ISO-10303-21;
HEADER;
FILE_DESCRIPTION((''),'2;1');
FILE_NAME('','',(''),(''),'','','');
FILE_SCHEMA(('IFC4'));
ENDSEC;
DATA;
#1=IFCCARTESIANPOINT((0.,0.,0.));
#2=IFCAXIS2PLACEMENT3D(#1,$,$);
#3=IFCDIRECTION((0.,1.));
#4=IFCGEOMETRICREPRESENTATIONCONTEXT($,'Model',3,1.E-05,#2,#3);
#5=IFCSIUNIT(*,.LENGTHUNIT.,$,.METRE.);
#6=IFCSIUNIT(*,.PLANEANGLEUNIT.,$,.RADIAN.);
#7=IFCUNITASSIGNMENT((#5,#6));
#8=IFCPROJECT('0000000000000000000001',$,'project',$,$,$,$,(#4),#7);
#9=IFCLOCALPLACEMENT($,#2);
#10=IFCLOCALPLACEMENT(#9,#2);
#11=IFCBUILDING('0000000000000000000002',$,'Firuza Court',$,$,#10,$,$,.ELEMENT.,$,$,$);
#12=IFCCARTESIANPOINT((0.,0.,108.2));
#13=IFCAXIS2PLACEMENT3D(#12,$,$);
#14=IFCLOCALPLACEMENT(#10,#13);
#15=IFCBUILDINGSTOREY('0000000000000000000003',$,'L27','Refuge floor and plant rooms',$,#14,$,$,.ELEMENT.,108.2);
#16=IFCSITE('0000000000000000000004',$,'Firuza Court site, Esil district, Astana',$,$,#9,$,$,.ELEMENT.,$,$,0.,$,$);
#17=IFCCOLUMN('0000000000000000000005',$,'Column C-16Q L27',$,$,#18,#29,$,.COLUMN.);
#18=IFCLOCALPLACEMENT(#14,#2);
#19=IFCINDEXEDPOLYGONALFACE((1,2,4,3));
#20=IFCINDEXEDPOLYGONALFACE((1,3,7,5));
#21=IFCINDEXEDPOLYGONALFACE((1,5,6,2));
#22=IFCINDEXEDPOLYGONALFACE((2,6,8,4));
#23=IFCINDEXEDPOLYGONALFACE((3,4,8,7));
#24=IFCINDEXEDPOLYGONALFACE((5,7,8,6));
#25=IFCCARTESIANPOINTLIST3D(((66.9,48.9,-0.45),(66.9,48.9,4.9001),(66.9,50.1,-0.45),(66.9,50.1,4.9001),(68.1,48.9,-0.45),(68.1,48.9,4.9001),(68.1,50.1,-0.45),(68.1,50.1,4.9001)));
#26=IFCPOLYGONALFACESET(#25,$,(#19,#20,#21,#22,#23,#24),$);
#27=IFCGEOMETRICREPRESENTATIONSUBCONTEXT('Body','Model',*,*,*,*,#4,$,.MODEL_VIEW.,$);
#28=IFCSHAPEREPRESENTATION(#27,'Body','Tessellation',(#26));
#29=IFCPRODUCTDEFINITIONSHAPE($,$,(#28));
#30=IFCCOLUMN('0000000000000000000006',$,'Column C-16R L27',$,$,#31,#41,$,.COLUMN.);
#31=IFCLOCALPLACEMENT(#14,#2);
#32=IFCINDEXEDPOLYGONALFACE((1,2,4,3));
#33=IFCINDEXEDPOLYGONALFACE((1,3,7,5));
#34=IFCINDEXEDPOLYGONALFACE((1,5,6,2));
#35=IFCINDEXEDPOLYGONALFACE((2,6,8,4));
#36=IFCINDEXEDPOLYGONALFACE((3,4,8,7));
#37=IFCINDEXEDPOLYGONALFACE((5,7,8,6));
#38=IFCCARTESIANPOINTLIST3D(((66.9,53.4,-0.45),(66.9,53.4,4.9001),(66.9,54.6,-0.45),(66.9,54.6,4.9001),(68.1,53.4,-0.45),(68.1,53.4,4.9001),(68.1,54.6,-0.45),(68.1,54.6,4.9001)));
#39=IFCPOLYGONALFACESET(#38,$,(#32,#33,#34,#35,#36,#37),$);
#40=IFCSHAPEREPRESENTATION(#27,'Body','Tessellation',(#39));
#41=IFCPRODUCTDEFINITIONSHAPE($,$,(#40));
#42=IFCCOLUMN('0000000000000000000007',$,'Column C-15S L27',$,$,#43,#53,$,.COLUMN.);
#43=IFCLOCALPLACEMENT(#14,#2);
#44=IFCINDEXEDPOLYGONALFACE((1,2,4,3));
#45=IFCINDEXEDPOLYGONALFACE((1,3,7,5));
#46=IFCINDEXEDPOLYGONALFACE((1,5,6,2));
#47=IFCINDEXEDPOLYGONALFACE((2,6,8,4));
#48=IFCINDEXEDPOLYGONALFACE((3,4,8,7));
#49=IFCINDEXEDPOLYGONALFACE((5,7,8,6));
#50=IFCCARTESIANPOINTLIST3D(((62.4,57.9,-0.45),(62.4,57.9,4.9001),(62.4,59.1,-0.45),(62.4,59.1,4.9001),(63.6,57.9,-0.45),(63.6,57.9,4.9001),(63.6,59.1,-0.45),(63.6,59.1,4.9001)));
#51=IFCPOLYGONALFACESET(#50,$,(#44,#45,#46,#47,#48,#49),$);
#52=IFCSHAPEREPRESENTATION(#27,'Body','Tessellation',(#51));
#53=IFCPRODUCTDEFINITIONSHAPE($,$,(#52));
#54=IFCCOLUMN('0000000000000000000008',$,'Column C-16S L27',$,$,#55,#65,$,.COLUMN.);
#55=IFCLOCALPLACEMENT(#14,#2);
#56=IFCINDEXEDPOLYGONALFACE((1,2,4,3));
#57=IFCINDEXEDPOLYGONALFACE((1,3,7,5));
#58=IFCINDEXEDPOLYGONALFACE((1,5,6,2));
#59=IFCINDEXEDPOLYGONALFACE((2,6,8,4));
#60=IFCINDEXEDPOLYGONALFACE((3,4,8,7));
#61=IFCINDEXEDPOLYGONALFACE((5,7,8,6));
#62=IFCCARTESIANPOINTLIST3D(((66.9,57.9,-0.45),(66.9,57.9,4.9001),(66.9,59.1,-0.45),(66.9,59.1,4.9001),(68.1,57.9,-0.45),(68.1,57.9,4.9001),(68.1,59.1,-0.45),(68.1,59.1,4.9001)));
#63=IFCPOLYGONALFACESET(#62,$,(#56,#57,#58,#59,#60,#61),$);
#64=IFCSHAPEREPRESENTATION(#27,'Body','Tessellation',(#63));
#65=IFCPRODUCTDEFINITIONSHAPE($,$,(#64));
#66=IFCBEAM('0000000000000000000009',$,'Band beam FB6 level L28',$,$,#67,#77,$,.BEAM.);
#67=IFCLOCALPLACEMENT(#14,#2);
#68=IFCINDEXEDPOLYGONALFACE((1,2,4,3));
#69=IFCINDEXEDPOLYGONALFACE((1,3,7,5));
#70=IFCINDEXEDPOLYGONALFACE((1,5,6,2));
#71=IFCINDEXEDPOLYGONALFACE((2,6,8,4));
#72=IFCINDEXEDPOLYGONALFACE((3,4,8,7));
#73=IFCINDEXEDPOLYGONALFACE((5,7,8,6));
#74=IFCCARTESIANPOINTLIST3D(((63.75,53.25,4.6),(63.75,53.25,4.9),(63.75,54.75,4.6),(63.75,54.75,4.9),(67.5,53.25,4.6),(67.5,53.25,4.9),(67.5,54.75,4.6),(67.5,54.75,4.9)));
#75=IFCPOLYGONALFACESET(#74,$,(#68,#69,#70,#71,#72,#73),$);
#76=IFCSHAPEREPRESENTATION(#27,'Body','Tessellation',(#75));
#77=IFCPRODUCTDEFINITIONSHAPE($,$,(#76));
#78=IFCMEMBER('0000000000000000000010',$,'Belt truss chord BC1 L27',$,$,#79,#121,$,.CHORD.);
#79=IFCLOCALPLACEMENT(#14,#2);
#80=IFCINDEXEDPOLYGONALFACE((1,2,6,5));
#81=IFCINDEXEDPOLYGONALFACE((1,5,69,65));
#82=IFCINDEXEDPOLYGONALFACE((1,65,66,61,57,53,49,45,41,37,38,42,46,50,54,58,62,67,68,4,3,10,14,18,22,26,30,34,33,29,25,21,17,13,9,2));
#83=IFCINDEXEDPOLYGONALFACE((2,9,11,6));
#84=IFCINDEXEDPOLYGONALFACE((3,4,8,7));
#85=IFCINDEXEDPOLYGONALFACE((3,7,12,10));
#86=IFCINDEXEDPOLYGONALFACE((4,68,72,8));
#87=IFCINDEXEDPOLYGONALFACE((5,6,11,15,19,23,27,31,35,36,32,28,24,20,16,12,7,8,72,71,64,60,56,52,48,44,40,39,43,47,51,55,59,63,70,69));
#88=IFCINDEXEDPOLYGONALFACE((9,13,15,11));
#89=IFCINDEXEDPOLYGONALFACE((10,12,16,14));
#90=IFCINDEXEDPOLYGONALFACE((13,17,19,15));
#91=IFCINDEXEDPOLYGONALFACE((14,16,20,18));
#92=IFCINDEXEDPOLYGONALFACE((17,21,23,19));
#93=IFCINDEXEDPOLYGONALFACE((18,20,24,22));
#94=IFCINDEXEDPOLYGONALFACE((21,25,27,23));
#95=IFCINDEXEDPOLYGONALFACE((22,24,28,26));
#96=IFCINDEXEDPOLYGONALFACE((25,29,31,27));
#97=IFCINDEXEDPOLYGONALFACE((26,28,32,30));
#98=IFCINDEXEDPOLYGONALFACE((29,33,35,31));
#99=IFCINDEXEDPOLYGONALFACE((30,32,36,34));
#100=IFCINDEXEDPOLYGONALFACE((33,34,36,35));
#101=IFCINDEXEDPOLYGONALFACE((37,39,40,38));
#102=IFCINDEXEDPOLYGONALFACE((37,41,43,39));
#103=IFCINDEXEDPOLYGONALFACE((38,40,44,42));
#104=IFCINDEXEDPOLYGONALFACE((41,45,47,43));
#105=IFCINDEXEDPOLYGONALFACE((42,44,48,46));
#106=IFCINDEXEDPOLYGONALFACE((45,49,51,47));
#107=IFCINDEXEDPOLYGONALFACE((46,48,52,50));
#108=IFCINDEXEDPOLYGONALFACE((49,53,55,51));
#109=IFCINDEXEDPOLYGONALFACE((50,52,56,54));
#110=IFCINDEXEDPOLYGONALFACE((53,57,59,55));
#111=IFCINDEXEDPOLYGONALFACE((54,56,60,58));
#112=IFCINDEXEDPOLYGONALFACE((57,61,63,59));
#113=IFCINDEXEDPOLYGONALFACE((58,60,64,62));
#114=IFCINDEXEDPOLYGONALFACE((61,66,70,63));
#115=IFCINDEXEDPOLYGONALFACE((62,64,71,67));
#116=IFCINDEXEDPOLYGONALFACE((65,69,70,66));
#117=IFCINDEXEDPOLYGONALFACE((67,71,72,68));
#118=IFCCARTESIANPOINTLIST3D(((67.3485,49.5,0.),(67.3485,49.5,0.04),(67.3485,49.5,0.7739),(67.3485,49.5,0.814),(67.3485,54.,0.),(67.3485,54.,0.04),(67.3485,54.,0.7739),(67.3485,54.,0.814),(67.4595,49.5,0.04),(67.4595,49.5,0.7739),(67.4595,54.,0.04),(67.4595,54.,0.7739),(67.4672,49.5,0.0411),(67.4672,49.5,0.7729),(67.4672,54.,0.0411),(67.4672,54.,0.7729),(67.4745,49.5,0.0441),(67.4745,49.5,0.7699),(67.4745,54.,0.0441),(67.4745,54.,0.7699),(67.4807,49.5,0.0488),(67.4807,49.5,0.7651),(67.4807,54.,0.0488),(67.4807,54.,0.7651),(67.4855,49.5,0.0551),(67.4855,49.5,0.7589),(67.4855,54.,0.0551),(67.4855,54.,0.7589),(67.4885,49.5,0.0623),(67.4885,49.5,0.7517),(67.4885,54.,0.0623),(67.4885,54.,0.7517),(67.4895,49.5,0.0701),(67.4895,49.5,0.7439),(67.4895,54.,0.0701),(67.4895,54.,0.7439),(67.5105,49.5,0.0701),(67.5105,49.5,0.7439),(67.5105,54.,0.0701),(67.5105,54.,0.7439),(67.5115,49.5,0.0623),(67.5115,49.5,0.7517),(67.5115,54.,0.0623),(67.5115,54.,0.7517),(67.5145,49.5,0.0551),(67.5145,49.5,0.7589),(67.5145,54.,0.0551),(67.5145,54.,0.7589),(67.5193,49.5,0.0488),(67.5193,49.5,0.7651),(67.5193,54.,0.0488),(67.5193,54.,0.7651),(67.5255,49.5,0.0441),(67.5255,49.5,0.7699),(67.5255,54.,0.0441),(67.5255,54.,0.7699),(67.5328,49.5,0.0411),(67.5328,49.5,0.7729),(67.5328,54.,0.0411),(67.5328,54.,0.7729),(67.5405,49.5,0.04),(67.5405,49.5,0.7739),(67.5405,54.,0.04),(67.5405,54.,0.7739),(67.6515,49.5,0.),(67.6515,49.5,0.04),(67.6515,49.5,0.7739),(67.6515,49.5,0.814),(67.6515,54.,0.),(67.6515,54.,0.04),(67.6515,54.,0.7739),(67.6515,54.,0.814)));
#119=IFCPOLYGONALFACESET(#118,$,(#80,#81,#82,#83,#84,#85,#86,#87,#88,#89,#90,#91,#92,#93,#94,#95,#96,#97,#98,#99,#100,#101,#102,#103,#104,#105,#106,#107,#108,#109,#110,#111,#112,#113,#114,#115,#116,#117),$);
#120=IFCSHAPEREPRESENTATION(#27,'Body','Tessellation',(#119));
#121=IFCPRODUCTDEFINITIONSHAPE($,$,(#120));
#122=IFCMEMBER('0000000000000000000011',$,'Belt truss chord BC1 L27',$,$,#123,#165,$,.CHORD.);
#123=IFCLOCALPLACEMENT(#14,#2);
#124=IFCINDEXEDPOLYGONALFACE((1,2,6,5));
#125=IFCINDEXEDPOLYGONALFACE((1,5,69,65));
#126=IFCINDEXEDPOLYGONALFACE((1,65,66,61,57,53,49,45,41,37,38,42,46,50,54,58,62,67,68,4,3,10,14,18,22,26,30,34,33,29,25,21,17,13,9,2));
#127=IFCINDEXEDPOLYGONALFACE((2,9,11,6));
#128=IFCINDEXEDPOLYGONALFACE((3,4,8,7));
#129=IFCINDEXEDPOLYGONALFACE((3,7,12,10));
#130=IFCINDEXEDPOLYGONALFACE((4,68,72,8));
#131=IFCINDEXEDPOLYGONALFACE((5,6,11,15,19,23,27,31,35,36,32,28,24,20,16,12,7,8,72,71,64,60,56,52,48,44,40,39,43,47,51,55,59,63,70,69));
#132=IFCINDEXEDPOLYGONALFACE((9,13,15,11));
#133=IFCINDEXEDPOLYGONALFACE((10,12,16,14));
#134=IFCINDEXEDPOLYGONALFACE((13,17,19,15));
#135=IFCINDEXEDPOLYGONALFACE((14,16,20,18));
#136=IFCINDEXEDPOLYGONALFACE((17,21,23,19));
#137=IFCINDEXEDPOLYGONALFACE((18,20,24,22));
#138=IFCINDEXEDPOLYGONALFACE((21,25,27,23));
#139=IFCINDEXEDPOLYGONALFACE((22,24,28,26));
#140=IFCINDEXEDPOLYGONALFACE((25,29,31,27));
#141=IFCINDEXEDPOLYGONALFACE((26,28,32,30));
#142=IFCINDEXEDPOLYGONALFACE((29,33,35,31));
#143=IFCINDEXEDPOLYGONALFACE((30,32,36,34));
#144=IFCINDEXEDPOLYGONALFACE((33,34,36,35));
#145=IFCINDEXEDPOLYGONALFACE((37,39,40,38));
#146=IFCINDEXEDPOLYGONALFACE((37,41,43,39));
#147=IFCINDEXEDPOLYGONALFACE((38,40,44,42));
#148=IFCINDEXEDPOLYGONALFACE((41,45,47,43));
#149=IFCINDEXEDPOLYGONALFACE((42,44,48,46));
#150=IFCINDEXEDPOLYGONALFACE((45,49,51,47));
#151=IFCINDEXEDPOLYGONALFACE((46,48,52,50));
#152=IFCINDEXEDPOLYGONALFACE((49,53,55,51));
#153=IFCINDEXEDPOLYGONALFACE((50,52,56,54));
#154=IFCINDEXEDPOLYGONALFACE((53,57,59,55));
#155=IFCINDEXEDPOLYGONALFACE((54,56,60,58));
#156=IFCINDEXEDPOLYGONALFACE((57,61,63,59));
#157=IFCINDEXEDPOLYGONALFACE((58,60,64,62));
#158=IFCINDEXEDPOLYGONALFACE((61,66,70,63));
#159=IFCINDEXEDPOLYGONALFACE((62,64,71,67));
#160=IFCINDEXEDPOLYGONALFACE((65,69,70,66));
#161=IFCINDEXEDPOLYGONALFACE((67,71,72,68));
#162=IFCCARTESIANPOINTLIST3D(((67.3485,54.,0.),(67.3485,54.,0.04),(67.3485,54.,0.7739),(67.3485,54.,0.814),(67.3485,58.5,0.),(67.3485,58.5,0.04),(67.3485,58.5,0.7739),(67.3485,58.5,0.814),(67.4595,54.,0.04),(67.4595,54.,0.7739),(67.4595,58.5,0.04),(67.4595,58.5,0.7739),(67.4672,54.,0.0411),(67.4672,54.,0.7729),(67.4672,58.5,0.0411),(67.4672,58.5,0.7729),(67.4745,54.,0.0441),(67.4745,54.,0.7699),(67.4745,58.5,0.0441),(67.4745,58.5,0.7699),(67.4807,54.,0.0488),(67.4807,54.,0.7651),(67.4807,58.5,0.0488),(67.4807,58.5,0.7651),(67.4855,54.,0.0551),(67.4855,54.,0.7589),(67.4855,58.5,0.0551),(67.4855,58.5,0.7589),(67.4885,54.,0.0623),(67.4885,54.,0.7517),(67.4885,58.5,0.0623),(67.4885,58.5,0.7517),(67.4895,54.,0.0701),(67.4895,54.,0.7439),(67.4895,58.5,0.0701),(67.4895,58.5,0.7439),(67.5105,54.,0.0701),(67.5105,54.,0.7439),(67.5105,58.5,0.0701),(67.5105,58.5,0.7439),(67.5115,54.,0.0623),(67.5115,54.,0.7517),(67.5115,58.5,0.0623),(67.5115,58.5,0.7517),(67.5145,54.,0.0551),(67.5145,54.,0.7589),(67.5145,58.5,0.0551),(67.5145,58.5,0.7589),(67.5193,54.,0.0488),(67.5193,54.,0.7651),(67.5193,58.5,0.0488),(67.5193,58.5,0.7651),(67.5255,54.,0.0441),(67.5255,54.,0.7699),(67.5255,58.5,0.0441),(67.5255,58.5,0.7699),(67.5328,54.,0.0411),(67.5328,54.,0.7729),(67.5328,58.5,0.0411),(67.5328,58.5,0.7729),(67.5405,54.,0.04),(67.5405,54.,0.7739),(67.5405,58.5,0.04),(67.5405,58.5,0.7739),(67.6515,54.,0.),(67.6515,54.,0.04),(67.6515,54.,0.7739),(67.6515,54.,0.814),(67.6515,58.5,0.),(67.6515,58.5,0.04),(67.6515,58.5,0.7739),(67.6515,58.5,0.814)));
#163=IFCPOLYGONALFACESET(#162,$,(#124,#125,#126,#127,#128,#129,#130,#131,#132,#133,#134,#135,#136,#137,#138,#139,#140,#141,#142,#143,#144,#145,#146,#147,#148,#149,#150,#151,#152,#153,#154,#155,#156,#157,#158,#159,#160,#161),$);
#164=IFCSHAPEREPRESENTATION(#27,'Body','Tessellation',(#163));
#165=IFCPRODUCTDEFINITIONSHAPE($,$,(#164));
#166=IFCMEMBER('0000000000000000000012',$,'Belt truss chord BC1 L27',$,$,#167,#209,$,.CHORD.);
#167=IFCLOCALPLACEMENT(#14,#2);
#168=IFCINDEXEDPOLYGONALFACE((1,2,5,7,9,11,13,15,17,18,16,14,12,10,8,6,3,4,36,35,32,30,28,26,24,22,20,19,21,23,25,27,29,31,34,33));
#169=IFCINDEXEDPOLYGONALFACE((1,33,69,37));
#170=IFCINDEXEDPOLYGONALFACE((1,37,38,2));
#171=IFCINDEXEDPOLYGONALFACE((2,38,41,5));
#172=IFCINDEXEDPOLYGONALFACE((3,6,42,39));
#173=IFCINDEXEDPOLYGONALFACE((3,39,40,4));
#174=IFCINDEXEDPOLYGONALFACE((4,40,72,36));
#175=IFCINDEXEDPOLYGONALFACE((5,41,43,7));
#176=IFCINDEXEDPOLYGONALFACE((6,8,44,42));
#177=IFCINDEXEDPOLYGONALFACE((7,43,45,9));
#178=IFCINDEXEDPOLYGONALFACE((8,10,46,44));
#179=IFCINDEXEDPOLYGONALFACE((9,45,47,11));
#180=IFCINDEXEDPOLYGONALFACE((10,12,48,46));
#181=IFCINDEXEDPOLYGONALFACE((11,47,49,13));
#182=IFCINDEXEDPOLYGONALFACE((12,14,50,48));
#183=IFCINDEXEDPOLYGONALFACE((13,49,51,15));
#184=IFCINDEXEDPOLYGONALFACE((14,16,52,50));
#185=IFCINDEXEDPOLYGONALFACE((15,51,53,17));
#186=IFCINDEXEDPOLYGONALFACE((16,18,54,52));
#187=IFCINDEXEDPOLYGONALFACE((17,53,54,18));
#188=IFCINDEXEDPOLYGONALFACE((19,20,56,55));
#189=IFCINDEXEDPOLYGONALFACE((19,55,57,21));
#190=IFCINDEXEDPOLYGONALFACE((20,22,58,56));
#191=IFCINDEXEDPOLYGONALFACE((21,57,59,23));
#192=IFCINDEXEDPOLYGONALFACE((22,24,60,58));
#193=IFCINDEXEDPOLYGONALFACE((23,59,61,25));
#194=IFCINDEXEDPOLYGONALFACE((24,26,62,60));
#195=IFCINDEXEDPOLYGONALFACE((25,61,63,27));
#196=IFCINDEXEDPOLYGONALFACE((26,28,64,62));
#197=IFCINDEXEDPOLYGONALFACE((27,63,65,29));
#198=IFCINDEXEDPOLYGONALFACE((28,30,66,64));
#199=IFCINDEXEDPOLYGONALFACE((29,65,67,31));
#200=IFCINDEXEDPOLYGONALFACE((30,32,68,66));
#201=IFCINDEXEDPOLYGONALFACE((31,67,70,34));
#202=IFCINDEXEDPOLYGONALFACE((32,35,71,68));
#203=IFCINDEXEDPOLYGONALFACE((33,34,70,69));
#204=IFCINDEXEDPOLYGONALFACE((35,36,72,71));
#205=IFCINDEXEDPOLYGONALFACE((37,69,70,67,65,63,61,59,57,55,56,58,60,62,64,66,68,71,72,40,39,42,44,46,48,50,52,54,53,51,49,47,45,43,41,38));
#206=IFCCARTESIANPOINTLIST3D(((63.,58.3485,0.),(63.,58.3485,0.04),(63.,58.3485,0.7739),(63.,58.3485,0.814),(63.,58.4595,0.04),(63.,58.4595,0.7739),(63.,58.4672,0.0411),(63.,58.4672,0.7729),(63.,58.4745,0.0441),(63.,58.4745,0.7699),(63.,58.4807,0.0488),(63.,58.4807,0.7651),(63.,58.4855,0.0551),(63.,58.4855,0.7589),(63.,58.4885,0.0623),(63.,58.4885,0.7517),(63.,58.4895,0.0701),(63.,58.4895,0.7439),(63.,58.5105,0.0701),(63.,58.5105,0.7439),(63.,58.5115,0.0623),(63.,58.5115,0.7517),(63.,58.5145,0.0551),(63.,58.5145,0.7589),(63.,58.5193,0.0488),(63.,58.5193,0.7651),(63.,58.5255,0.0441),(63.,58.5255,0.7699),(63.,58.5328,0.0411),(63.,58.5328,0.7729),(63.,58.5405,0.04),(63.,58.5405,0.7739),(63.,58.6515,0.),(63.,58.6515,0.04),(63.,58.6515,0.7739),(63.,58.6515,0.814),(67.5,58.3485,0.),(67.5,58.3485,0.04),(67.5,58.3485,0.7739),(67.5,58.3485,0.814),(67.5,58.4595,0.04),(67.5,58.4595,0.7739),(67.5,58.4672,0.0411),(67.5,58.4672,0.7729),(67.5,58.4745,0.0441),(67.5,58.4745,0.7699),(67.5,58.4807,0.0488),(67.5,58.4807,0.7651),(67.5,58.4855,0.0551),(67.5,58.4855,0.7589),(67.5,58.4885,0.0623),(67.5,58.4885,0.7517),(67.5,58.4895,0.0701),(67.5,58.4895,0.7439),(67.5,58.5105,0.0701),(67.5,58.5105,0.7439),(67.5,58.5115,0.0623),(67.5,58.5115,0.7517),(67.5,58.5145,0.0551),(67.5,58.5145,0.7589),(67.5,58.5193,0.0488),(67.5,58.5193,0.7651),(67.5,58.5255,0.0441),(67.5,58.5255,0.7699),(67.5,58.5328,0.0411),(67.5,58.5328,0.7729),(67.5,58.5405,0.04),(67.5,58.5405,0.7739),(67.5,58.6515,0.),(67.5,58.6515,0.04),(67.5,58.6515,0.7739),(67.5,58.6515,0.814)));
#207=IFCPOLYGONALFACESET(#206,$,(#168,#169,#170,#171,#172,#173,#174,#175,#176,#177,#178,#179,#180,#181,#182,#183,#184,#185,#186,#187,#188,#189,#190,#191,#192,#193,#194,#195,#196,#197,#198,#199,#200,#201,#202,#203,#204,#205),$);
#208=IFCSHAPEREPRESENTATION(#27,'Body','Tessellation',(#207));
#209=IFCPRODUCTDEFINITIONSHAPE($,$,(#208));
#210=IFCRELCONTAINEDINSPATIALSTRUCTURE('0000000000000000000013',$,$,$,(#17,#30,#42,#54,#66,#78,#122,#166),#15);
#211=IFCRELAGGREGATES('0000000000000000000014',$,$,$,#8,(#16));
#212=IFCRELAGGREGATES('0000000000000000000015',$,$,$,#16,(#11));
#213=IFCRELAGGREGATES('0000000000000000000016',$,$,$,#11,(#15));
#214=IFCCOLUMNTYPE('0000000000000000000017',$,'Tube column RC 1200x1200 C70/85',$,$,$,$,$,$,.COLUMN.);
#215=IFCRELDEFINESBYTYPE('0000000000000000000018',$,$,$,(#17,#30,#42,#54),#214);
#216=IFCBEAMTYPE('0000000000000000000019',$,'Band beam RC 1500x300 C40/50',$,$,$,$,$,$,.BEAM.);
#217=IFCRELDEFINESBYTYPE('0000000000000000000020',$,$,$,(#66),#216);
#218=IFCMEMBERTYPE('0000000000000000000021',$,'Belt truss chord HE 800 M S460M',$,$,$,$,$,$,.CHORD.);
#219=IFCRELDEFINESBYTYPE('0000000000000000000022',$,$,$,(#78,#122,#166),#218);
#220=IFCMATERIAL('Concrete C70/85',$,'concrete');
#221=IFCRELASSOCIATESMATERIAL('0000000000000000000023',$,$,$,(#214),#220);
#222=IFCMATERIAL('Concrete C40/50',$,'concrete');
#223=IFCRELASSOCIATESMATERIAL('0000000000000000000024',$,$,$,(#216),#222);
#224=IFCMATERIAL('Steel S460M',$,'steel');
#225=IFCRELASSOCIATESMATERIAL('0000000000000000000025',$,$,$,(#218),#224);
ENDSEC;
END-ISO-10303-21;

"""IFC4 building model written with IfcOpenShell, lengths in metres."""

from ifc_helpers import new_model, si_unit, direction, frame, origin, origin_2d, place, context, subcontext, project, spatial, rectangle, i_section, extrude, material, material_profile, profile_set, type_object, element, save


model = new_model("IFC4")

# Units and contexts
model_context = context("Model", 3, precision=1e-05, world=origin(), true_north=direction((0.0, 1.0)))
body_context = subcontext(model_context, "Body", "Model", "MODEL_VIEW")
ifc_project = project(units=[si_unit("LENGTHUNIT", "METRE"), si_unit("PLANEANGLEUNIT", "RADIAN")], contexts=[model_context])

# Site, building, storey
site_placement = place(None, origin())
site = spatial("IfcSite", under=ifc_project, at=site_placement, Name="Firuza Court site, Esil district, Astana", CompositionType="ELEMENT", RefElevation=0.0)
building_placement = place(site_placement, origin())
building = spatial("IfcBuilding", under=site, at=building_placement, Name="Firuza Court", CompositionType="ELEMENT")
storey_placement = place(building_placement, frame((0.0, 0.0, 108.2)))
storey = spatial("IfcBuildingStorey", under=building, at=storey_placement, Name="L27", Description="Refuge floor and plant rooms", CompositionType="ELEMENT", Elevation=108.2)

# Columns
ifc_material_1 = material(Name="Concrete C70/85", Category="concrete")
ifc_material_profile_1 = material_profile(ifc_material_1, rectangle(XDim=1.2, YDim=1.2, at=origin_2d()), Name="RC 1200x1200")
ifc_profile_set_1 = profile_set([ifc_material_profile_1], Name="Concrete C70/85")
column_type = type_object("IfcColumnType", Name="Tube column RC 1200x1200 C70/85", PredefinedType="COLUMN", material=ifc_profile_set_1)
for number, where, z_axis, x_axis, name in (
    (1, (67.5, 49.5, -0.45), (0.0, 0.0, 1.0), (1.0, 0.0, 0.0), "Column C-16Q L27"),
    (2, (67.5, 54.0, -0.45), (0.0, 0.0, 1.0), (1.0, 0.0, 0.0), "Column C-16R L27"),
    (3, (63.0, 58.5, -0.45), (0.0, 0.0, 1.0), (1.0, 0.0, 0.0), "Column C-15S L27"),
    (4, (67.5, 58.5, -0.45), (0.0, 0.0, 1.0), (1.0, 0.0, 0.0), "Column C-16S L27"),
):
    element("IfcColumn", number, at=place(storey_placement, frame(where, z_axis=z_axis, x_axis=x_axis)), inside=storey, type_object=column_type, Name=name, PredefinedType="COLUMN", context=body_context, shape_type="SweptSolid", body=[
        extrude(rectangle(XDim=1.2, YDim=1.2, at=origin_2d()), origin(), (0.0, 0.0, 1.0), 5.3501),
    ])

# Beam
ifc_material_2 = material(Name="Concrete C40/50", Category="concrete")
ifc_material_profile_2 = material_profile(ifc_material_2, rectangle(XDim=1.5, YDim=0.3, at=origin_2d()), Name="RC 1500x300")
ifc_profile_set_2 = profile_set([ifc_material_profile_2], Name="Concrete C40/50")
beam_type_1 = type_object("IfcBeamType", Name="Band beam RC 1500x300 C40/50", PredefinedType="BEAM", material=ifc_profile_set_2)
beam_placement = place(storey_placement, frame((67.5, 54.0, 4.75), z_axis=(-1.0, 0.0, 0.0), x_axis=(0.0, -1.0, 0.0)))
element("IfcBeam", 5, at=beam_placement, inside=storey, type_object=beam_type_1, Name="Band beam FB6 level L28", PredefinedType="BEAM", context=body_context, shape_type="SweptSolid", body=[
    extrude(rectangle(XDim=1.5, YDim=0.3, at=origin_2d()), origin(), (0.0, 0.0, 1.0), 3.75),
])

# Members
ifc_material_3 = material(Name="Steel S460M", Category="steel")
ifc_material_profile_3 = material_profile(ifc_material_3, i_section(OverallWidth=0.303, OverallDepth=0.814, WebThickness=0.021, FlangeThickness=0.04, FilletRadius=0.03, at=origin_2d()), Name="HE 800 M")
ifc_profile_set_3 = profile_set([ifc_material_profile_3], Name="Steel S460M")
member_type_1 = type_object("IfcMemberType", Name="Belt truss chord HE 800 M S460M", PredefinedType="CHORD", material=ifc_profile_set_3)
for number, where, z_axis, x_axis, name in (
    (6, (67.5, 49.5, 0.407), (0.0, 1.0, 0.0), (-1.0, 0.0, 0.0), "Belt truss chord BC1 L27"),
    (7, (67.5, 54.0, 0.407), (0.0, 1.0, 0.0), (-1.0, 0.0, 0.0), "Belt truss chord BC1 L27"),
    (8, (67.5, 58.5, 0.407), (-1.0, 0.0, 0.0), (0.0, -1.0, 0.0), "Belt truss chord BC1 L27"),
):
    element("IfcMember", number, at=place(storey_placement, frame(where, z_axis=z_axis, x_axis=x_axis)), inside=storey, type_object=member_type_1, Name=name, PredefinedType="CHORD", context=body_context, shape_type="SweptSolid", body=[
        extrude(i_section(OverallWidth=0.303, OverallDepth=0.814, WebThickness=0.021, FlangeThickness=0.04, FilletRadius=0.03, at=origin_2d()), origin(), (0.0, 0.0, 1.0), 4.5),
    ])

save(model, "model.ifc")
